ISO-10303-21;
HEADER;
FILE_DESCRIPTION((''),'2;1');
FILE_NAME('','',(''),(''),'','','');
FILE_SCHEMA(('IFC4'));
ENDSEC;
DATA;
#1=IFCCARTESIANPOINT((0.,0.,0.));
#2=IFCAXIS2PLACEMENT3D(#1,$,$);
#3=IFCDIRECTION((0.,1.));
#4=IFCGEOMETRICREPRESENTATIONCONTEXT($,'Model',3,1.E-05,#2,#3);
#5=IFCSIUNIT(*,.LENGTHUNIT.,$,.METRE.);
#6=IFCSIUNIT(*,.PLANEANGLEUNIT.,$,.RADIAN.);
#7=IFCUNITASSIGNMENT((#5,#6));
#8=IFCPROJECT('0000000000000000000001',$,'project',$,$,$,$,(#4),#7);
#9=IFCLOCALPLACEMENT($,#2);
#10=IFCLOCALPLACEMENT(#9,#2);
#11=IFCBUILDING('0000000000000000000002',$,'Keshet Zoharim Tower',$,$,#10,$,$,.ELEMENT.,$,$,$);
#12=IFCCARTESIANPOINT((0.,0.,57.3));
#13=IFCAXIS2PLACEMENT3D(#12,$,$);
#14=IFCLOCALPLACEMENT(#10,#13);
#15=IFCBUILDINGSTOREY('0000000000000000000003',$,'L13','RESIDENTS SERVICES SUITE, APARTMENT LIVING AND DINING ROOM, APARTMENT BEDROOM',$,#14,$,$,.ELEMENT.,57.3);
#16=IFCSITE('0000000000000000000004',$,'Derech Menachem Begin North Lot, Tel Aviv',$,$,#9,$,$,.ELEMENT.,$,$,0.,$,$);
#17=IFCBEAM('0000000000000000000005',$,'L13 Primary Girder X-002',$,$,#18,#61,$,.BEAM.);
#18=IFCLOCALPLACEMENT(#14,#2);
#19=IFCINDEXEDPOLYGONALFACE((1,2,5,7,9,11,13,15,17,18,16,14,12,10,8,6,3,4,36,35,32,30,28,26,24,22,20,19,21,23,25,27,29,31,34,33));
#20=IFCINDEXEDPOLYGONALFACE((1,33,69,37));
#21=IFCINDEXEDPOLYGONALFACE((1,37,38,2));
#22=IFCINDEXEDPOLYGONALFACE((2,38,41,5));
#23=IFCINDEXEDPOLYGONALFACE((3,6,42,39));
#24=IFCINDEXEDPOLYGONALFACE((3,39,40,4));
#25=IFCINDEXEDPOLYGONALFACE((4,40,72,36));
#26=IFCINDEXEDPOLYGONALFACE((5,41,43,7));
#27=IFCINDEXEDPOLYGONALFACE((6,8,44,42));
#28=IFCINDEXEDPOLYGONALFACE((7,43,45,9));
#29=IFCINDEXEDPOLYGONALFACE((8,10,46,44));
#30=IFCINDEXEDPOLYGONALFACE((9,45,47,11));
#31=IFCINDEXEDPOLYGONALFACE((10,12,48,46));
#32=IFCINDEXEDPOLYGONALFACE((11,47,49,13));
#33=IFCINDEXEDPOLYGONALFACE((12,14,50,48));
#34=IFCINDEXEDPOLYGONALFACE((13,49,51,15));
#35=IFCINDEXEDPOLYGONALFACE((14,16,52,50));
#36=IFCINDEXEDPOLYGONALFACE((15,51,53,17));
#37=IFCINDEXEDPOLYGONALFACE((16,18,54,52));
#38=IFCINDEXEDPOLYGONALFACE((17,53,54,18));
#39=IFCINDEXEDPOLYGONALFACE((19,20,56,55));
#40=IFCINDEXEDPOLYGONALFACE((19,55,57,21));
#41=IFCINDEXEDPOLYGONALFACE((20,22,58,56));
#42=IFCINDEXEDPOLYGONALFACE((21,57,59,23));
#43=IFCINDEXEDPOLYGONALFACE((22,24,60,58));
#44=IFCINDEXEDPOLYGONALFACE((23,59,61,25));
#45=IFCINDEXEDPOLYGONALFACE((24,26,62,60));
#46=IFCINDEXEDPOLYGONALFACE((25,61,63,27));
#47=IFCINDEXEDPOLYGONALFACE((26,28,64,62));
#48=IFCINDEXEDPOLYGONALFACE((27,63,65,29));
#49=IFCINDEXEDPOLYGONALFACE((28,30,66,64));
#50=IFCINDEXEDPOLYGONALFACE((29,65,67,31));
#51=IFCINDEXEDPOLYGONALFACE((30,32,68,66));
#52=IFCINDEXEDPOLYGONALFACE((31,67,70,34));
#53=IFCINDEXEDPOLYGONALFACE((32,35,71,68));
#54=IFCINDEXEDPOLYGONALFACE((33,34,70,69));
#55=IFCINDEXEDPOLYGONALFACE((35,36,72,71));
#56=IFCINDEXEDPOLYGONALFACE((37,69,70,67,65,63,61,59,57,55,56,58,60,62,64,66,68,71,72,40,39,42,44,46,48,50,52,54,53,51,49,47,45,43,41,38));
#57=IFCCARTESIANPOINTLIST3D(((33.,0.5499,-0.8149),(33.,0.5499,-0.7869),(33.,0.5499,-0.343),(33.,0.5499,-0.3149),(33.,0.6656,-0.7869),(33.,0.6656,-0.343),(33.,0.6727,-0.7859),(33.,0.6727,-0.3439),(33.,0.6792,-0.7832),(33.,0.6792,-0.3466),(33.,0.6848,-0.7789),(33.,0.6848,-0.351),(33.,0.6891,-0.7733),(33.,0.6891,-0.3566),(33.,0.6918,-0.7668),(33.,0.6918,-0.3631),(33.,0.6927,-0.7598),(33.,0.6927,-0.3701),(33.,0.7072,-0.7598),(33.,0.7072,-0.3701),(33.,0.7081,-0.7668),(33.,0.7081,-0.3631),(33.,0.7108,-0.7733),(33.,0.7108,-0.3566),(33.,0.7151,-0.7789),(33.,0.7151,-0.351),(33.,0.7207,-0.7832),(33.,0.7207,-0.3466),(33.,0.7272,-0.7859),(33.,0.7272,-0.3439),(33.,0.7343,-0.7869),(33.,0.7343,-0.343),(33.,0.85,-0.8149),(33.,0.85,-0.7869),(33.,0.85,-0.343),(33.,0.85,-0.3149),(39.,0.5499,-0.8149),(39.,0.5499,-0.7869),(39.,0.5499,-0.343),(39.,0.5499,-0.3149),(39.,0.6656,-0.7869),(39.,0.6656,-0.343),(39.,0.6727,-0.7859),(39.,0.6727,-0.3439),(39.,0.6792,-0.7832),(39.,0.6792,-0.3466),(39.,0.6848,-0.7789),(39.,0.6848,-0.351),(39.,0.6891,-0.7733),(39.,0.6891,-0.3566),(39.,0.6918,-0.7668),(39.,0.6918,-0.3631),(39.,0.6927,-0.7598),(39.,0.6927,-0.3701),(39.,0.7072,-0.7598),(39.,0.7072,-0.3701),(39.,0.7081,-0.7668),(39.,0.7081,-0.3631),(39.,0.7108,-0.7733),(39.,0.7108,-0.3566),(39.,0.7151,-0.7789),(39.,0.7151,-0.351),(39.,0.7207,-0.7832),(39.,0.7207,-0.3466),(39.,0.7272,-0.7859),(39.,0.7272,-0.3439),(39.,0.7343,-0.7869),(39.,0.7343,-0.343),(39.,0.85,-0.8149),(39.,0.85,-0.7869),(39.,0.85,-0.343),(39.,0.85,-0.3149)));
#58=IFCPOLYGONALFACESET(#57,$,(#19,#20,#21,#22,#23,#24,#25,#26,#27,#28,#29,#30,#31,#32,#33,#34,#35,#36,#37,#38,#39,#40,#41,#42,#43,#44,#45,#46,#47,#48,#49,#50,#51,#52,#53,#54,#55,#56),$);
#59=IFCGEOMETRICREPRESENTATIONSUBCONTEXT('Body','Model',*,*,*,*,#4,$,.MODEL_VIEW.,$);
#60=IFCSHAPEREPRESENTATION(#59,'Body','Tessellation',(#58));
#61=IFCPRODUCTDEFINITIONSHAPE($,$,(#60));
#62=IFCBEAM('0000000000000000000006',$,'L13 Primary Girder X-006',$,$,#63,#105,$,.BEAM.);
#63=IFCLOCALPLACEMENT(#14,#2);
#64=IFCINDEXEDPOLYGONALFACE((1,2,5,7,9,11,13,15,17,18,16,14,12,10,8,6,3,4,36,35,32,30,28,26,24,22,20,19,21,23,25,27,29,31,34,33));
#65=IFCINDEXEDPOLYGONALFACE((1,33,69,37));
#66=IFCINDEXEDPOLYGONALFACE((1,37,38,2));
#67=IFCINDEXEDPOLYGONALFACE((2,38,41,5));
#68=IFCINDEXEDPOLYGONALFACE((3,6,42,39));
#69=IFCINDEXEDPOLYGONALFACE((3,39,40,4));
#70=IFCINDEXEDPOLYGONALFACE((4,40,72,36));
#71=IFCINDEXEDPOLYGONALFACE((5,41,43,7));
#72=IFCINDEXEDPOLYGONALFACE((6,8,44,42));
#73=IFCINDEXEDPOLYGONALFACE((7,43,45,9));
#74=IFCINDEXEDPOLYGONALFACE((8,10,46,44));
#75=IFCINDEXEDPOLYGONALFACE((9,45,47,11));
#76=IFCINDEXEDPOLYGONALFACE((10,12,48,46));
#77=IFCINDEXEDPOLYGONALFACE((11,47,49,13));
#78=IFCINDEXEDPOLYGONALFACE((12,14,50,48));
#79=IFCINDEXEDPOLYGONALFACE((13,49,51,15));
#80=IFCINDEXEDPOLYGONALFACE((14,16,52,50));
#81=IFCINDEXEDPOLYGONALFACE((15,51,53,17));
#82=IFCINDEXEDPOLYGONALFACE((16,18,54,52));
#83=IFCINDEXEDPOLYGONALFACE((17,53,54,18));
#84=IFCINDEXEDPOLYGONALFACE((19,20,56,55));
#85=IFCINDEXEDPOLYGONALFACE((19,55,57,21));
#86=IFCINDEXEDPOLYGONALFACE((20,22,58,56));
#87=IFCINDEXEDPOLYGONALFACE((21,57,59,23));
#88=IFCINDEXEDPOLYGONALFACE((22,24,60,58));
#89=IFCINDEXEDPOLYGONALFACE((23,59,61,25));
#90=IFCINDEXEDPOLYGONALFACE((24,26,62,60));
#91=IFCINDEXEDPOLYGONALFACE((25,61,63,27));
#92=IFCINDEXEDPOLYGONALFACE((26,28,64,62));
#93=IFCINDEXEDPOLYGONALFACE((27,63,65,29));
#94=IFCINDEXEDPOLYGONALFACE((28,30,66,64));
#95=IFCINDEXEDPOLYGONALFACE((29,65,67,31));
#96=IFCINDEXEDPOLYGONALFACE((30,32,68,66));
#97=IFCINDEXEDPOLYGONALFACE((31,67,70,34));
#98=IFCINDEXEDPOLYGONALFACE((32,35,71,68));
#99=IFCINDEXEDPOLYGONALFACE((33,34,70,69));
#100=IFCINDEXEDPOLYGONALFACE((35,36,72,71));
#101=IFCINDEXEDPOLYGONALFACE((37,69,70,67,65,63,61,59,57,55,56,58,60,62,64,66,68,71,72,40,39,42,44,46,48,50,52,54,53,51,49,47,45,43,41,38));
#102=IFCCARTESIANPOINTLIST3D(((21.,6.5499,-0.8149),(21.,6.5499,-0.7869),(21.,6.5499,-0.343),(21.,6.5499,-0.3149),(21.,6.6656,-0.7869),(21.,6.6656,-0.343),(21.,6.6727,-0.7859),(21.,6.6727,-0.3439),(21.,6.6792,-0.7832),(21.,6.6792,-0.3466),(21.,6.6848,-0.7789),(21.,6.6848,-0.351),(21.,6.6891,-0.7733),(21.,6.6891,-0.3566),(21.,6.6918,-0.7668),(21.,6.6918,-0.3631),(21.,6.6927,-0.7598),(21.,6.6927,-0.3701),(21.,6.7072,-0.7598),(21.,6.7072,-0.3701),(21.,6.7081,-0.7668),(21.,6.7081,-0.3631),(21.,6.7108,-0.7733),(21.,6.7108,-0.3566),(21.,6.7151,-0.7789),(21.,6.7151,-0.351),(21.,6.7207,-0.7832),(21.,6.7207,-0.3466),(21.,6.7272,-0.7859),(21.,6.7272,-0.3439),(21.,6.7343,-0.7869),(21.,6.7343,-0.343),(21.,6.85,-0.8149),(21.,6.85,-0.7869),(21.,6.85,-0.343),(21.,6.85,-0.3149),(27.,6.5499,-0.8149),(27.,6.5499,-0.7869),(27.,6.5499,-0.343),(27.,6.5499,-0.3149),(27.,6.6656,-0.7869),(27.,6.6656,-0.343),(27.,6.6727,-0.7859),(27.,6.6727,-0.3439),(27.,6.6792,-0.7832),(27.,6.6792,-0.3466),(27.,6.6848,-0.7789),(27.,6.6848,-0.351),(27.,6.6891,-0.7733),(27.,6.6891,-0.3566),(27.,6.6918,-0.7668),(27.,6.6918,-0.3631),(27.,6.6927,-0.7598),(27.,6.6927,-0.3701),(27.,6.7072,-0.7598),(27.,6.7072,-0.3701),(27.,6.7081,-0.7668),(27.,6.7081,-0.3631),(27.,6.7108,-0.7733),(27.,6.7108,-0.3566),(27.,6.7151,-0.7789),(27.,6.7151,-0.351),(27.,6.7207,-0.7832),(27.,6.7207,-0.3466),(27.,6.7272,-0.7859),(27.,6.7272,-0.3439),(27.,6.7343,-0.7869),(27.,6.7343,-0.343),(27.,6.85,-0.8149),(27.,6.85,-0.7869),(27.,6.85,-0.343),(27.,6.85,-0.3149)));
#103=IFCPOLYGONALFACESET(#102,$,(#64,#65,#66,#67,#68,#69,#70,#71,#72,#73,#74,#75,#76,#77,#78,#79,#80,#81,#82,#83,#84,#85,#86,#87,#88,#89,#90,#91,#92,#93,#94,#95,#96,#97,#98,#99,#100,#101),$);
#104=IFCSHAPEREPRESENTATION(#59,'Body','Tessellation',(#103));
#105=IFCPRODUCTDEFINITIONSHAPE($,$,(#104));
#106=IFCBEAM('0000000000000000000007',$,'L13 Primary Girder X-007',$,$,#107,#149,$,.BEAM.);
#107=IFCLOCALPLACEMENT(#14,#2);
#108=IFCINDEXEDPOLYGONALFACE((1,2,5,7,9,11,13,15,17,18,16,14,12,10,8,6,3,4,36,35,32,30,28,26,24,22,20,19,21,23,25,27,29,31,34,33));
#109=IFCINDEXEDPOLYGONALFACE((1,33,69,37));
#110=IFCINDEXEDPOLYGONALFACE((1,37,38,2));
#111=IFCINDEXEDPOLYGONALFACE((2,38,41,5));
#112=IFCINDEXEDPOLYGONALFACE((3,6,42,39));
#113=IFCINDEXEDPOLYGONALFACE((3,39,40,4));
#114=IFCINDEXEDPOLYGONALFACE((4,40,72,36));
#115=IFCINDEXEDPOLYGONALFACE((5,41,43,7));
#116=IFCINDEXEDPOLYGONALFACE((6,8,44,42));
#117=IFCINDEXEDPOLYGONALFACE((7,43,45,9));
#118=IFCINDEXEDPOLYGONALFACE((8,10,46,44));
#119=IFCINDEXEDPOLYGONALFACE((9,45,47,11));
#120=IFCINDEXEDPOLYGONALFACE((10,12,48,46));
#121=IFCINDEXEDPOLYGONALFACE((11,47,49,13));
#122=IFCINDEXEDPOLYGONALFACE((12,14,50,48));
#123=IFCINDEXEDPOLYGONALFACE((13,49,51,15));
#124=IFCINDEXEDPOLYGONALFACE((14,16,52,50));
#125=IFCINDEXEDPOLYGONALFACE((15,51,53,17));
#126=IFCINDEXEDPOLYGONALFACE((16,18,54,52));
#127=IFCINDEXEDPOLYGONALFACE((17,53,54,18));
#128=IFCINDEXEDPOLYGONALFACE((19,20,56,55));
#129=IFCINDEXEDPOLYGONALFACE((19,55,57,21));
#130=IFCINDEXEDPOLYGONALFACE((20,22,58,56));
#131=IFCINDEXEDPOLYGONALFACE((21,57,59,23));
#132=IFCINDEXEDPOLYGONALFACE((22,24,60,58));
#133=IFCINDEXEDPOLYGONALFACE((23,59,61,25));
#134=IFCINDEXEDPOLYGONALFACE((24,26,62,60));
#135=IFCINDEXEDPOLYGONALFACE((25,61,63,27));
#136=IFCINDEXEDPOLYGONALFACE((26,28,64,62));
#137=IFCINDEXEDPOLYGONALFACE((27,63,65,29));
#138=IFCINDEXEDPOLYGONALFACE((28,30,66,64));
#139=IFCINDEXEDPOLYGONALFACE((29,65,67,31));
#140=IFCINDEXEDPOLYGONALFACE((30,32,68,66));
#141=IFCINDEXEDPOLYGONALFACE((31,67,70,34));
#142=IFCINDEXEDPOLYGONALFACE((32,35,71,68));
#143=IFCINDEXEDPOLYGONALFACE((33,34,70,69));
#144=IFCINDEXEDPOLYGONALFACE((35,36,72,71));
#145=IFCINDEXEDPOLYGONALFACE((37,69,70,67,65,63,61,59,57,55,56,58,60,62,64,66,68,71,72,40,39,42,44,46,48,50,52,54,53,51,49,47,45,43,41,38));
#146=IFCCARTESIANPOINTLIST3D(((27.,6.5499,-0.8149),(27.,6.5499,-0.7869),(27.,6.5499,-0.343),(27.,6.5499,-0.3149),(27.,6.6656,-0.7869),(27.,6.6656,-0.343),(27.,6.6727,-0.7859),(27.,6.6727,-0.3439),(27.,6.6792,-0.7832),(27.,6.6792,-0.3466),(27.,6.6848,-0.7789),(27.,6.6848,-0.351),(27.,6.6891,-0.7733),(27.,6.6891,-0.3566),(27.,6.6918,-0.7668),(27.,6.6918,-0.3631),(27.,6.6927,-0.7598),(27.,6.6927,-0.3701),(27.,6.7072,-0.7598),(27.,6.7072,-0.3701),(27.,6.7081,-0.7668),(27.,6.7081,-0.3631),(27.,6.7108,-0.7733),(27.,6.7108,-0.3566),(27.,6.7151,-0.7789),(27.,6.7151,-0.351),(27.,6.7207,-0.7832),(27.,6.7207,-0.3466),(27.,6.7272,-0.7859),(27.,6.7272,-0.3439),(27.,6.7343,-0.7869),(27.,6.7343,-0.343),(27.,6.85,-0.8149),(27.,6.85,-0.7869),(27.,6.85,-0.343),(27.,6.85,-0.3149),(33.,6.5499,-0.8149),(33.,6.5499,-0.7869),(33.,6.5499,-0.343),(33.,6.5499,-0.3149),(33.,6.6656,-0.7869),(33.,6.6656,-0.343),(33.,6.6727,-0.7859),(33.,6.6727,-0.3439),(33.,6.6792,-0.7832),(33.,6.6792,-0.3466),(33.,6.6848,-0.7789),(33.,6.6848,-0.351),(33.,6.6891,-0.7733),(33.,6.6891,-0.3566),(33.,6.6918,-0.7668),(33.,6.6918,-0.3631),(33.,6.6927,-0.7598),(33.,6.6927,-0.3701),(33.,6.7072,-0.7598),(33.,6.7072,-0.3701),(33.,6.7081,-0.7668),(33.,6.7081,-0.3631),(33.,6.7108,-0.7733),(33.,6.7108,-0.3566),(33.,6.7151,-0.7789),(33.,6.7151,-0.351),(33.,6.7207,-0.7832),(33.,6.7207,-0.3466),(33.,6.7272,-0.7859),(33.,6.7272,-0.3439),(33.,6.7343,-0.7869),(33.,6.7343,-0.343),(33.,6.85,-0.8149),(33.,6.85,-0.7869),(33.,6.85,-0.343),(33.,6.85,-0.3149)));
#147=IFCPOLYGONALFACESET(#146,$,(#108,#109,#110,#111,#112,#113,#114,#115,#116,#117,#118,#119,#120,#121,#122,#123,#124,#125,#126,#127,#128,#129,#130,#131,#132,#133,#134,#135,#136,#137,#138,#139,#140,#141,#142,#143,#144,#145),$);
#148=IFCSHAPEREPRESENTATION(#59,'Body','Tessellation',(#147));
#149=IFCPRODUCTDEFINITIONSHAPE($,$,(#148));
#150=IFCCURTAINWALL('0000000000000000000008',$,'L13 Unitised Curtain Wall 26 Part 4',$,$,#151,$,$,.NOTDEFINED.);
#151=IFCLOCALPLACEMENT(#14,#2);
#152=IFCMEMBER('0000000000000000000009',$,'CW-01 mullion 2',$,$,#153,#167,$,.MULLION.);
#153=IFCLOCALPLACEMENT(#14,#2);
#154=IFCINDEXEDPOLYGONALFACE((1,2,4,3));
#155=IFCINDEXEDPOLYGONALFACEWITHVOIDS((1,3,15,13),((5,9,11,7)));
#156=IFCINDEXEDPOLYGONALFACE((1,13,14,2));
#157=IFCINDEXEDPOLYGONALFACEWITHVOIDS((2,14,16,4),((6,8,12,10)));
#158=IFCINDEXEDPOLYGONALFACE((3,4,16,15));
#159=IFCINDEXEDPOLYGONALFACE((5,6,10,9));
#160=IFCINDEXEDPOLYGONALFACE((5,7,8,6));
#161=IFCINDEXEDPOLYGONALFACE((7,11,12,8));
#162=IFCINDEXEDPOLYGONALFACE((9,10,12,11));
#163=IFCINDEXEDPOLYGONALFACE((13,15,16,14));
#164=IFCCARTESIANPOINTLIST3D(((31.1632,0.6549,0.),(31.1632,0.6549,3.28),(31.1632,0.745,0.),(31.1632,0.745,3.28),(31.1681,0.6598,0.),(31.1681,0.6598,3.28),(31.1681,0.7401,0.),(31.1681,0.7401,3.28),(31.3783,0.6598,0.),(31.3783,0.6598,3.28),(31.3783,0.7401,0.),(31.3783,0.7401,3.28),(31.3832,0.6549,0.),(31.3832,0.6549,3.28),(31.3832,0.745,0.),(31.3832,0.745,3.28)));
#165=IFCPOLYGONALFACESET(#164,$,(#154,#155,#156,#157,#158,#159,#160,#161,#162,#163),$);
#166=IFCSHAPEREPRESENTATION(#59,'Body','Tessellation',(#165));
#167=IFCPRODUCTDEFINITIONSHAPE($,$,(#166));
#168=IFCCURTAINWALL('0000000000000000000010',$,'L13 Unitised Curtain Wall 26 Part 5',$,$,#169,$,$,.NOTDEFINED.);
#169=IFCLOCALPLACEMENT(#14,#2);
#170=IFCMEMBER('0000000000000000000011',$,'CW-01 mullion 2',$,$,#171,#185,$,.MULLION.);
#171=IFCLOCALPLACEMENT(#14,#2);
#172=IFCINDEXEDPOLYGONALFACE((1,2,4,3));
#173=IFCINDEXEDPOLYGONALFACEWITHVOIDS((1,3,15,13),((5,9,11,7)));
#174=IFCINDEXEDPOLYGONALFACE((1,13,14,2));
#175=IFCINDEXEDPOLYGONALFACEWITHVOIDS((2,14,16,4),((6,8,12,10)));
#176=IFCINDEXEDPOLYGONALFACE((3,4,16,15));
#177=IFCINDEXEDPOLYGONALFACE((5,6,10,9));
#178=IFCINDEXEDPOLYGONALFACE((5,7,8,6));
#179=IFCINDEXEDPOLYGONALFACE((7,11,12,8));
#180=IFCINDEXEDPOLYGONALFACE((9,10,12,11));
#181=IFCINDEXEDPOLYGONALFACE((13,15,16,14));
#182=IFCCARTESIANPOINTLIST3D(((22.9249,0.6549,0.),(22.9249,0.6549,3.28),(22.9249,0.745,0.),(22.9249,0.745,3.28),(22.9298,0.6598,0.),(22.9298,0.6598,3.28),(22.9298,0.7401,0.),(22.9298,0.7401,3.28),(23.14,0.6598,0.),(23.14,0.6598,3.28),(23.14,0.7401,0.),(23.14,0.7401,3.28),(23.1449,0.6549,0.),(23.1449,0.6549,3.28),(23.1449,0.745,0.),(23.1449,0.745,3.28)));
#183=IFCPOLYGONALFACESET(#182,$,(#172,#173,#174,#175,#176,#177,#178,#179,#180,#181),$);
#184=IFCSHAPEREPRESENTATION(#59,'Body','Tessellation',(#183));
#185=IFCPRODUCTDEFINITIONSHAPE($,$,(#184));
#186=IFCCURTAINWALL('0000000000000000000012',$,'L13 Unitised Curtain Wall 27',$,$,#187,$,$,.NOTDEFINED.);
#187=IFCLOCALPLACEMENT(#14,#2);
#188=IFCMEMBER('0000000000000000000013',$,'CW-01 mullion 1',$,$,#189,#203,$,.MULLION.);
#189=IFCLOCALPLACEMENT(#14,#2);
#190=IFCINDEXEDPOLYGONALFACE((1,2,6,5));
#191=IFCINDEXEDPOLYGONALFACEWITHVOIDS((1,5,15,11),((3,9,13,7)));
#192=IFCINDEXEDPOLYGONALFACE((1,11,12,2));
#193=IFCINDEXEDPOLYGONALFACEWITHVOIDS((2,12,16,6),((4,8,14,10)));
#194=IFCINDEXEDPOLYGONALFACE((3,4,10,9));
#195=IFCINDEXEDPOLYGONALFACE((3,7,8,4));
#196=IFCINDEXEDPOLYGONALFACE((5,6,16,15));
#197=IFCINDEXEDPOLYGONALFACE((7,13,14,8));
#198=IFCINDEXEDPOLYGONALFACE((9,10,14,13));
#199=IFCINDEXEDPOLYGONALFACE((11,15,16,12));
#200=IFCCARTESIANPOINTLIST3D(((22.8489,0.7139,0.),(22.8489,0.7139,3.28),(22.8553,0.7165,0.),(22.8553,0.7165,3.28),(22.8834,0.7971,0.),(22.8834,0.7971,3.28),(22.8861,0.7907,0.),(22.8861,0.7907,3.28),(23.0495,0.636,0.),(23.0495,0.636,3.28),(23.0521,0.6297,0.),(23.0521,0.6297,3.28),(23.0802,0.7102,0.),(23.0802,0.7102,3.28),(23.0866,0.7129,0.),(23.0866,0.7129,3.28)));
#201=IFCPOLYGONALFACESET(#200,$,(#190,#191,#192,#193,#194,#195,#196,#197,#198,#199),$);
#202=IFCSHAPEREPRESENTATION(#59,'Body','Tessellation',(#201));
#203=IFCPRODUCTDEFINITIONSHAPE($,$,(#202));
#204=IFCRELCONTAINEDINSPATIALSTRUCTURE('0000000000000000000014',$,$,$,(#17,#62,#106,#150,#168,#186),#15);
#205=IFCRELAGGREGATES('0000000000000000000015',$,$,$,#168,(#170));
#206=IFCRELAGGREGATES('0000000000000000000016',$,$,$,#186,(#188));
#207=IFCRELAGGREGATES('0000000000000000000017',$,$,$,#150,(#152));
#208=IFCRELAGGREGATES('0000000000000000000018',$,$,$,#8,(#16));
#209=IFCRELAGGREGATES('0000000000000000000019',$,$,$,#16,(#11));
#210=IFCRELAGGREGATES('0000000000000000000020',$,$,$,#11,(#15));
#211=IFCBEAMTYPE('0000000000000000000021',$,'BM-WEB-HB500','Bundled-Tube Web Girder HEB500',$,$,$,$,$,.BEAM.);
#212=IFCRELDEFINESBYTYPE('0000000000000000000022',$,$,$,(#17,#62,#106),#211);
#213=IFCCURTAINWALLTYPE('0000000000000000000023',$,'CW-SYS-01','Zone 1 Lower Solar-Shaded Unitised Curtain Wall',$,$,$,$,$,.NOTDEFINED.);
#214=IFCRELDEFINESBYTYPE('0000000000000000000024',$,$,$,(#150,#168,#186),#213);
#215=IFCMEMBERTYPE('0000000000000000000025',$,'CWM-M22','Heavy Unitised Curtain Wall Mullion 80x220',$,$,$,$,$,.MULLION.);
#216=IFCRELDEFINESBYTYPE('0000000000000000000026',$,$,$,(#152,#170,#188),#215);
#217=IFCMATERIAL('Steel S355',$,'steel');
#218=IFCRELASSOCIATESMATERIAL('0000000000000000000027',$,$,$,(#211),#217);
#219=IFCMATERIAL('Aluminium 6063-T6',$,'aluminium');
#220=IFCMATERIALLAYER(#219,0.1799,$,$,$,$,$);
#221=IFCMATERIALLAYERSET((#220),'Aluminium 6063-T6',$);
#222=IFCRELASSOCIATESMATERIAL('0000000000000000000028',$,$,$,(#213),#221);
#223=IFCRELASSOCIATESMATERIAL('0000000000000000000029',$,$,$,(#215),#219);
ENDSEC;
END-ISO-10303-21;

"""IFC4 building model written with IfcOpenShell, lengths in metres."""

from ifc_helpers import new_model, si_unit, direction, frame, origin, origin_2d, place, context, subcontext, project, spatial, hollow_rectangle, i_section, extrude, material, layer, layer_set, material_profile, profile_set, type_object, element, aggregate, save


model = new_model("IFC4")

# Units and contexts
model_context = context("Model", 3, precision=1e-05, world=origin(), true_north=direction((0.0, 1.0)))
body_context = subcontext(model_context, "Body", "Model", "MODEL_VIEW")
ifc_project = project(units=[si_unit("LENGTHUNIT", "METRE"), si_unit("PLANEANGLEUNIT", "RADIAN")], contexts=[model_context])

# Site, building, storey
site_placement = place(None, origin())
site = spatial("IfcSite", under=ifc_project, at=site_placement, Name="Derech Menachem Begin North Lot, Tel Aviv", CompositionType="ELEMENT", RefElevation=0.0)
building_placement = place(site_placement, origin())
building = spatial("IfcBuilding", under=site, at=building_placement, Name="Keshet Zoharim Tower", CompositionType="ELEMENT")
storey_placement = place(building_placement, frame((0.0, 0.0, 57.3)))
storey = spatial("IfcBuildingStorey", under=building, at=storey_placement, Name="L13", Description="RESIDENTS SERVICES SUITE, APARTMENT LIVING AND DINING ROOM, APARTMENT BEDROOM", CompositionType="ELEMENT", Elevation=57.3)

# Shared definitions
ifc_material_1 = material(Name="Steel S355", Category="steel")

# Beams
ifc_material_profile_1 = material_profile(ifc_material_1, i_section(OverallWidth=0.3, OverallDepth=0.5, WebThickness=0.0144, FlangeThickness=0.0281, FilletRadius=0.0271, at=origin_2d()), Name="HEB500")
ifc_profile_set_1 = profile_set([ifc_material_profile_1], Name="Steel S355")
beam_type_1 = type_object("IfcBeamType", Name="BM-WEB-HB500", Description="Bundled-Tube Web Girder HEB500", PredefinedType="BEAM", material=ifc_profile_set_1)
for number, where, z_axis, x_axis, name in (
    (1, (33.0, 0.7, -0.5649), (1.0, 0.0, 0.0), (0.0, 1.0, 0.0), "L13 Primary Girder X-002"),
    (2, (21.0, 6.7, -0.5649), (1.0, 0.0, 0.0), (0.0, 1.0, 0.0), "L13 Primary Girder X-006"),
    (3, (27.0, 6.7, -0.5649), (1.0, 0.0, 0.0), (0.0, 1.0, 0.0), "L13 Primary Girder X-007"),
):
    element("IfcBeam", number, at=place(storey_placement, frame(where, z_axis=z_axis, x_axis=x_axis)), inside=storey, type_object=beam_type_1, Name=name, PredefinedType="BEAM", context=body_context, shape_type="SweptSolid", body=[
        extrude(i_section(OverallWidth=0.3, OverallDepth=0.5, WebThickness=0.0144, FlangeThickness=0.0281, FilletRadius=0.0271, at=origin_2d()), origin(), (0.0, 0.0, 1.0), 6.0),
    ])

# Curtain walls, members
ifc_material_2 = material(Name="Aluminium 6063-T6", Category="aluminium")
ifc_layer_1 = layer(ifc_material_2, 0.1799)
ifc_layer_set_1 = layer_set([ifc_layer_1], Name="Aluminium 6063-T6")
curtain_wall_type = type_object("IfcCurtainWallType", Name="CW-SYS-01", Description="Zone 1 Lower Solar-Shaded Unitised Curtain Wall", PredefinedType="NOTDEFINED", material=ifc_layer_set_1)
curtain_wall_1_placement = place(storey_placement, origin())
curtain_wall_1 = element("IfcCurtainWall", 4, at=curtain_wall_1_placement, inside=storey, type_object=curtain_wall_type, Name="L13 Unitised Curtain Wall 26 Part 4", PredefinedType="NOTDEFINED")
ifc_material_profile_2 = material_profile(ifc_material_2, hollow_rectangle(XDim=0.0901, YDim=0.22, WallThickness=0.0049, at=origin_2d()), Name="MUL-90x220")
ifc_profile_set_2 = profile_set([ifc_material_profile_2], Name="Aluminium 6063-T6")
member_type_1 = type_object("IfcMemberType", Name="CWM-M22", Description="Heavy Unitised Curtain Wall Mullion 80x220", PredefinedType="MULLION", material=ifc_profile_set_2)
member_1_placement = place(storey_placement, frame((31.2732, 0.7, 0.0), z_axis=(0.0, 0.0, 1.0), x_axis=(0.0, -1.0, 0.0)))
member_1 = element("IfcMember", 5, at=member_1_placement, type_object=member_type_1, Name="CW-01 mullion 2", PredefinedType="MULLION", context=body_context, shape_type="SweptSolid", body=[
    extrude(hollow_rectangle(XDim=0.0901, YDim=0.22, WallThickness=0.0049, at=origin_2d()), origin(), (0.0, 0.0, 1.0), 3.28),
])
curtain_wall_2_placement = place(storey_placement, origin())
curtain_wall_2 = element("IfcCurtainWall", 6, at=curtain_wall_2_placement, inside=storey, type_object=curtain_wall_type, Name="L13 Unitised Curtain Wall 26 Part 5", PredefinedType="NOTDEFINED")
member_2_placement = place(storey_placement, frame((23.0349, 0.7, 0.0), z_axis=(0.0, 0.0, 1.0), x_axis=(0.0, -1.0, 0.0)))
member_2 = element("IfcMember", 7, at=member_2_placement, type_object=member_type_1, Name="CW-01 mullion 2", PredefinedType="MULLION", context=body_context, shape_type="SweptSolid", body=[
    extrude(hollow_rectangle(XDim=0.0901, YDim=0.22, WallThickness=0.0049, at=origin_2d()), origin(), (0.0, 0.0, 1.0), 3.28),
])

# Curtain wall, member
curtain_wall_3_placement = place(storey_placement, origin())
curtain_wall_3 = element("IfcCurtainWall", 8, at=curtain_wall_3_placement, inside=storey, type_object=curtain_wall_type, Name="L13 Unitised Curtain Wall 27", PredefinedType="NOTDEFINED")
member_3_placement = place(storey_placement, frame((22.9678, 0.7134, 0.0), z_axis=(0.0, 0.0, 1.0), x_axis=(-0.382852, -0.92381, 0.0)))
member_3 = element("IfcMember", 9, at=member_3_placement, type_object=member_type_1, Name="CW-01 mullion 1", PredefinedType="MULLION", context=body_context, shape_type="SweptSolid", body=[
    extrude(hollow_rectangle(XDim=0.0901, YDim=0.22, WallThickness=0.0049, at=origin_2d()), origin(), (0.0, 0.0, 1.0), 3.28),
])

aggregate(curtain_wall_2, [member_2])
aggregate(curtain_wall_3, [member_3])
aggregate(curtain_wall_1, [member_1])

save(model, "model.ifc")
